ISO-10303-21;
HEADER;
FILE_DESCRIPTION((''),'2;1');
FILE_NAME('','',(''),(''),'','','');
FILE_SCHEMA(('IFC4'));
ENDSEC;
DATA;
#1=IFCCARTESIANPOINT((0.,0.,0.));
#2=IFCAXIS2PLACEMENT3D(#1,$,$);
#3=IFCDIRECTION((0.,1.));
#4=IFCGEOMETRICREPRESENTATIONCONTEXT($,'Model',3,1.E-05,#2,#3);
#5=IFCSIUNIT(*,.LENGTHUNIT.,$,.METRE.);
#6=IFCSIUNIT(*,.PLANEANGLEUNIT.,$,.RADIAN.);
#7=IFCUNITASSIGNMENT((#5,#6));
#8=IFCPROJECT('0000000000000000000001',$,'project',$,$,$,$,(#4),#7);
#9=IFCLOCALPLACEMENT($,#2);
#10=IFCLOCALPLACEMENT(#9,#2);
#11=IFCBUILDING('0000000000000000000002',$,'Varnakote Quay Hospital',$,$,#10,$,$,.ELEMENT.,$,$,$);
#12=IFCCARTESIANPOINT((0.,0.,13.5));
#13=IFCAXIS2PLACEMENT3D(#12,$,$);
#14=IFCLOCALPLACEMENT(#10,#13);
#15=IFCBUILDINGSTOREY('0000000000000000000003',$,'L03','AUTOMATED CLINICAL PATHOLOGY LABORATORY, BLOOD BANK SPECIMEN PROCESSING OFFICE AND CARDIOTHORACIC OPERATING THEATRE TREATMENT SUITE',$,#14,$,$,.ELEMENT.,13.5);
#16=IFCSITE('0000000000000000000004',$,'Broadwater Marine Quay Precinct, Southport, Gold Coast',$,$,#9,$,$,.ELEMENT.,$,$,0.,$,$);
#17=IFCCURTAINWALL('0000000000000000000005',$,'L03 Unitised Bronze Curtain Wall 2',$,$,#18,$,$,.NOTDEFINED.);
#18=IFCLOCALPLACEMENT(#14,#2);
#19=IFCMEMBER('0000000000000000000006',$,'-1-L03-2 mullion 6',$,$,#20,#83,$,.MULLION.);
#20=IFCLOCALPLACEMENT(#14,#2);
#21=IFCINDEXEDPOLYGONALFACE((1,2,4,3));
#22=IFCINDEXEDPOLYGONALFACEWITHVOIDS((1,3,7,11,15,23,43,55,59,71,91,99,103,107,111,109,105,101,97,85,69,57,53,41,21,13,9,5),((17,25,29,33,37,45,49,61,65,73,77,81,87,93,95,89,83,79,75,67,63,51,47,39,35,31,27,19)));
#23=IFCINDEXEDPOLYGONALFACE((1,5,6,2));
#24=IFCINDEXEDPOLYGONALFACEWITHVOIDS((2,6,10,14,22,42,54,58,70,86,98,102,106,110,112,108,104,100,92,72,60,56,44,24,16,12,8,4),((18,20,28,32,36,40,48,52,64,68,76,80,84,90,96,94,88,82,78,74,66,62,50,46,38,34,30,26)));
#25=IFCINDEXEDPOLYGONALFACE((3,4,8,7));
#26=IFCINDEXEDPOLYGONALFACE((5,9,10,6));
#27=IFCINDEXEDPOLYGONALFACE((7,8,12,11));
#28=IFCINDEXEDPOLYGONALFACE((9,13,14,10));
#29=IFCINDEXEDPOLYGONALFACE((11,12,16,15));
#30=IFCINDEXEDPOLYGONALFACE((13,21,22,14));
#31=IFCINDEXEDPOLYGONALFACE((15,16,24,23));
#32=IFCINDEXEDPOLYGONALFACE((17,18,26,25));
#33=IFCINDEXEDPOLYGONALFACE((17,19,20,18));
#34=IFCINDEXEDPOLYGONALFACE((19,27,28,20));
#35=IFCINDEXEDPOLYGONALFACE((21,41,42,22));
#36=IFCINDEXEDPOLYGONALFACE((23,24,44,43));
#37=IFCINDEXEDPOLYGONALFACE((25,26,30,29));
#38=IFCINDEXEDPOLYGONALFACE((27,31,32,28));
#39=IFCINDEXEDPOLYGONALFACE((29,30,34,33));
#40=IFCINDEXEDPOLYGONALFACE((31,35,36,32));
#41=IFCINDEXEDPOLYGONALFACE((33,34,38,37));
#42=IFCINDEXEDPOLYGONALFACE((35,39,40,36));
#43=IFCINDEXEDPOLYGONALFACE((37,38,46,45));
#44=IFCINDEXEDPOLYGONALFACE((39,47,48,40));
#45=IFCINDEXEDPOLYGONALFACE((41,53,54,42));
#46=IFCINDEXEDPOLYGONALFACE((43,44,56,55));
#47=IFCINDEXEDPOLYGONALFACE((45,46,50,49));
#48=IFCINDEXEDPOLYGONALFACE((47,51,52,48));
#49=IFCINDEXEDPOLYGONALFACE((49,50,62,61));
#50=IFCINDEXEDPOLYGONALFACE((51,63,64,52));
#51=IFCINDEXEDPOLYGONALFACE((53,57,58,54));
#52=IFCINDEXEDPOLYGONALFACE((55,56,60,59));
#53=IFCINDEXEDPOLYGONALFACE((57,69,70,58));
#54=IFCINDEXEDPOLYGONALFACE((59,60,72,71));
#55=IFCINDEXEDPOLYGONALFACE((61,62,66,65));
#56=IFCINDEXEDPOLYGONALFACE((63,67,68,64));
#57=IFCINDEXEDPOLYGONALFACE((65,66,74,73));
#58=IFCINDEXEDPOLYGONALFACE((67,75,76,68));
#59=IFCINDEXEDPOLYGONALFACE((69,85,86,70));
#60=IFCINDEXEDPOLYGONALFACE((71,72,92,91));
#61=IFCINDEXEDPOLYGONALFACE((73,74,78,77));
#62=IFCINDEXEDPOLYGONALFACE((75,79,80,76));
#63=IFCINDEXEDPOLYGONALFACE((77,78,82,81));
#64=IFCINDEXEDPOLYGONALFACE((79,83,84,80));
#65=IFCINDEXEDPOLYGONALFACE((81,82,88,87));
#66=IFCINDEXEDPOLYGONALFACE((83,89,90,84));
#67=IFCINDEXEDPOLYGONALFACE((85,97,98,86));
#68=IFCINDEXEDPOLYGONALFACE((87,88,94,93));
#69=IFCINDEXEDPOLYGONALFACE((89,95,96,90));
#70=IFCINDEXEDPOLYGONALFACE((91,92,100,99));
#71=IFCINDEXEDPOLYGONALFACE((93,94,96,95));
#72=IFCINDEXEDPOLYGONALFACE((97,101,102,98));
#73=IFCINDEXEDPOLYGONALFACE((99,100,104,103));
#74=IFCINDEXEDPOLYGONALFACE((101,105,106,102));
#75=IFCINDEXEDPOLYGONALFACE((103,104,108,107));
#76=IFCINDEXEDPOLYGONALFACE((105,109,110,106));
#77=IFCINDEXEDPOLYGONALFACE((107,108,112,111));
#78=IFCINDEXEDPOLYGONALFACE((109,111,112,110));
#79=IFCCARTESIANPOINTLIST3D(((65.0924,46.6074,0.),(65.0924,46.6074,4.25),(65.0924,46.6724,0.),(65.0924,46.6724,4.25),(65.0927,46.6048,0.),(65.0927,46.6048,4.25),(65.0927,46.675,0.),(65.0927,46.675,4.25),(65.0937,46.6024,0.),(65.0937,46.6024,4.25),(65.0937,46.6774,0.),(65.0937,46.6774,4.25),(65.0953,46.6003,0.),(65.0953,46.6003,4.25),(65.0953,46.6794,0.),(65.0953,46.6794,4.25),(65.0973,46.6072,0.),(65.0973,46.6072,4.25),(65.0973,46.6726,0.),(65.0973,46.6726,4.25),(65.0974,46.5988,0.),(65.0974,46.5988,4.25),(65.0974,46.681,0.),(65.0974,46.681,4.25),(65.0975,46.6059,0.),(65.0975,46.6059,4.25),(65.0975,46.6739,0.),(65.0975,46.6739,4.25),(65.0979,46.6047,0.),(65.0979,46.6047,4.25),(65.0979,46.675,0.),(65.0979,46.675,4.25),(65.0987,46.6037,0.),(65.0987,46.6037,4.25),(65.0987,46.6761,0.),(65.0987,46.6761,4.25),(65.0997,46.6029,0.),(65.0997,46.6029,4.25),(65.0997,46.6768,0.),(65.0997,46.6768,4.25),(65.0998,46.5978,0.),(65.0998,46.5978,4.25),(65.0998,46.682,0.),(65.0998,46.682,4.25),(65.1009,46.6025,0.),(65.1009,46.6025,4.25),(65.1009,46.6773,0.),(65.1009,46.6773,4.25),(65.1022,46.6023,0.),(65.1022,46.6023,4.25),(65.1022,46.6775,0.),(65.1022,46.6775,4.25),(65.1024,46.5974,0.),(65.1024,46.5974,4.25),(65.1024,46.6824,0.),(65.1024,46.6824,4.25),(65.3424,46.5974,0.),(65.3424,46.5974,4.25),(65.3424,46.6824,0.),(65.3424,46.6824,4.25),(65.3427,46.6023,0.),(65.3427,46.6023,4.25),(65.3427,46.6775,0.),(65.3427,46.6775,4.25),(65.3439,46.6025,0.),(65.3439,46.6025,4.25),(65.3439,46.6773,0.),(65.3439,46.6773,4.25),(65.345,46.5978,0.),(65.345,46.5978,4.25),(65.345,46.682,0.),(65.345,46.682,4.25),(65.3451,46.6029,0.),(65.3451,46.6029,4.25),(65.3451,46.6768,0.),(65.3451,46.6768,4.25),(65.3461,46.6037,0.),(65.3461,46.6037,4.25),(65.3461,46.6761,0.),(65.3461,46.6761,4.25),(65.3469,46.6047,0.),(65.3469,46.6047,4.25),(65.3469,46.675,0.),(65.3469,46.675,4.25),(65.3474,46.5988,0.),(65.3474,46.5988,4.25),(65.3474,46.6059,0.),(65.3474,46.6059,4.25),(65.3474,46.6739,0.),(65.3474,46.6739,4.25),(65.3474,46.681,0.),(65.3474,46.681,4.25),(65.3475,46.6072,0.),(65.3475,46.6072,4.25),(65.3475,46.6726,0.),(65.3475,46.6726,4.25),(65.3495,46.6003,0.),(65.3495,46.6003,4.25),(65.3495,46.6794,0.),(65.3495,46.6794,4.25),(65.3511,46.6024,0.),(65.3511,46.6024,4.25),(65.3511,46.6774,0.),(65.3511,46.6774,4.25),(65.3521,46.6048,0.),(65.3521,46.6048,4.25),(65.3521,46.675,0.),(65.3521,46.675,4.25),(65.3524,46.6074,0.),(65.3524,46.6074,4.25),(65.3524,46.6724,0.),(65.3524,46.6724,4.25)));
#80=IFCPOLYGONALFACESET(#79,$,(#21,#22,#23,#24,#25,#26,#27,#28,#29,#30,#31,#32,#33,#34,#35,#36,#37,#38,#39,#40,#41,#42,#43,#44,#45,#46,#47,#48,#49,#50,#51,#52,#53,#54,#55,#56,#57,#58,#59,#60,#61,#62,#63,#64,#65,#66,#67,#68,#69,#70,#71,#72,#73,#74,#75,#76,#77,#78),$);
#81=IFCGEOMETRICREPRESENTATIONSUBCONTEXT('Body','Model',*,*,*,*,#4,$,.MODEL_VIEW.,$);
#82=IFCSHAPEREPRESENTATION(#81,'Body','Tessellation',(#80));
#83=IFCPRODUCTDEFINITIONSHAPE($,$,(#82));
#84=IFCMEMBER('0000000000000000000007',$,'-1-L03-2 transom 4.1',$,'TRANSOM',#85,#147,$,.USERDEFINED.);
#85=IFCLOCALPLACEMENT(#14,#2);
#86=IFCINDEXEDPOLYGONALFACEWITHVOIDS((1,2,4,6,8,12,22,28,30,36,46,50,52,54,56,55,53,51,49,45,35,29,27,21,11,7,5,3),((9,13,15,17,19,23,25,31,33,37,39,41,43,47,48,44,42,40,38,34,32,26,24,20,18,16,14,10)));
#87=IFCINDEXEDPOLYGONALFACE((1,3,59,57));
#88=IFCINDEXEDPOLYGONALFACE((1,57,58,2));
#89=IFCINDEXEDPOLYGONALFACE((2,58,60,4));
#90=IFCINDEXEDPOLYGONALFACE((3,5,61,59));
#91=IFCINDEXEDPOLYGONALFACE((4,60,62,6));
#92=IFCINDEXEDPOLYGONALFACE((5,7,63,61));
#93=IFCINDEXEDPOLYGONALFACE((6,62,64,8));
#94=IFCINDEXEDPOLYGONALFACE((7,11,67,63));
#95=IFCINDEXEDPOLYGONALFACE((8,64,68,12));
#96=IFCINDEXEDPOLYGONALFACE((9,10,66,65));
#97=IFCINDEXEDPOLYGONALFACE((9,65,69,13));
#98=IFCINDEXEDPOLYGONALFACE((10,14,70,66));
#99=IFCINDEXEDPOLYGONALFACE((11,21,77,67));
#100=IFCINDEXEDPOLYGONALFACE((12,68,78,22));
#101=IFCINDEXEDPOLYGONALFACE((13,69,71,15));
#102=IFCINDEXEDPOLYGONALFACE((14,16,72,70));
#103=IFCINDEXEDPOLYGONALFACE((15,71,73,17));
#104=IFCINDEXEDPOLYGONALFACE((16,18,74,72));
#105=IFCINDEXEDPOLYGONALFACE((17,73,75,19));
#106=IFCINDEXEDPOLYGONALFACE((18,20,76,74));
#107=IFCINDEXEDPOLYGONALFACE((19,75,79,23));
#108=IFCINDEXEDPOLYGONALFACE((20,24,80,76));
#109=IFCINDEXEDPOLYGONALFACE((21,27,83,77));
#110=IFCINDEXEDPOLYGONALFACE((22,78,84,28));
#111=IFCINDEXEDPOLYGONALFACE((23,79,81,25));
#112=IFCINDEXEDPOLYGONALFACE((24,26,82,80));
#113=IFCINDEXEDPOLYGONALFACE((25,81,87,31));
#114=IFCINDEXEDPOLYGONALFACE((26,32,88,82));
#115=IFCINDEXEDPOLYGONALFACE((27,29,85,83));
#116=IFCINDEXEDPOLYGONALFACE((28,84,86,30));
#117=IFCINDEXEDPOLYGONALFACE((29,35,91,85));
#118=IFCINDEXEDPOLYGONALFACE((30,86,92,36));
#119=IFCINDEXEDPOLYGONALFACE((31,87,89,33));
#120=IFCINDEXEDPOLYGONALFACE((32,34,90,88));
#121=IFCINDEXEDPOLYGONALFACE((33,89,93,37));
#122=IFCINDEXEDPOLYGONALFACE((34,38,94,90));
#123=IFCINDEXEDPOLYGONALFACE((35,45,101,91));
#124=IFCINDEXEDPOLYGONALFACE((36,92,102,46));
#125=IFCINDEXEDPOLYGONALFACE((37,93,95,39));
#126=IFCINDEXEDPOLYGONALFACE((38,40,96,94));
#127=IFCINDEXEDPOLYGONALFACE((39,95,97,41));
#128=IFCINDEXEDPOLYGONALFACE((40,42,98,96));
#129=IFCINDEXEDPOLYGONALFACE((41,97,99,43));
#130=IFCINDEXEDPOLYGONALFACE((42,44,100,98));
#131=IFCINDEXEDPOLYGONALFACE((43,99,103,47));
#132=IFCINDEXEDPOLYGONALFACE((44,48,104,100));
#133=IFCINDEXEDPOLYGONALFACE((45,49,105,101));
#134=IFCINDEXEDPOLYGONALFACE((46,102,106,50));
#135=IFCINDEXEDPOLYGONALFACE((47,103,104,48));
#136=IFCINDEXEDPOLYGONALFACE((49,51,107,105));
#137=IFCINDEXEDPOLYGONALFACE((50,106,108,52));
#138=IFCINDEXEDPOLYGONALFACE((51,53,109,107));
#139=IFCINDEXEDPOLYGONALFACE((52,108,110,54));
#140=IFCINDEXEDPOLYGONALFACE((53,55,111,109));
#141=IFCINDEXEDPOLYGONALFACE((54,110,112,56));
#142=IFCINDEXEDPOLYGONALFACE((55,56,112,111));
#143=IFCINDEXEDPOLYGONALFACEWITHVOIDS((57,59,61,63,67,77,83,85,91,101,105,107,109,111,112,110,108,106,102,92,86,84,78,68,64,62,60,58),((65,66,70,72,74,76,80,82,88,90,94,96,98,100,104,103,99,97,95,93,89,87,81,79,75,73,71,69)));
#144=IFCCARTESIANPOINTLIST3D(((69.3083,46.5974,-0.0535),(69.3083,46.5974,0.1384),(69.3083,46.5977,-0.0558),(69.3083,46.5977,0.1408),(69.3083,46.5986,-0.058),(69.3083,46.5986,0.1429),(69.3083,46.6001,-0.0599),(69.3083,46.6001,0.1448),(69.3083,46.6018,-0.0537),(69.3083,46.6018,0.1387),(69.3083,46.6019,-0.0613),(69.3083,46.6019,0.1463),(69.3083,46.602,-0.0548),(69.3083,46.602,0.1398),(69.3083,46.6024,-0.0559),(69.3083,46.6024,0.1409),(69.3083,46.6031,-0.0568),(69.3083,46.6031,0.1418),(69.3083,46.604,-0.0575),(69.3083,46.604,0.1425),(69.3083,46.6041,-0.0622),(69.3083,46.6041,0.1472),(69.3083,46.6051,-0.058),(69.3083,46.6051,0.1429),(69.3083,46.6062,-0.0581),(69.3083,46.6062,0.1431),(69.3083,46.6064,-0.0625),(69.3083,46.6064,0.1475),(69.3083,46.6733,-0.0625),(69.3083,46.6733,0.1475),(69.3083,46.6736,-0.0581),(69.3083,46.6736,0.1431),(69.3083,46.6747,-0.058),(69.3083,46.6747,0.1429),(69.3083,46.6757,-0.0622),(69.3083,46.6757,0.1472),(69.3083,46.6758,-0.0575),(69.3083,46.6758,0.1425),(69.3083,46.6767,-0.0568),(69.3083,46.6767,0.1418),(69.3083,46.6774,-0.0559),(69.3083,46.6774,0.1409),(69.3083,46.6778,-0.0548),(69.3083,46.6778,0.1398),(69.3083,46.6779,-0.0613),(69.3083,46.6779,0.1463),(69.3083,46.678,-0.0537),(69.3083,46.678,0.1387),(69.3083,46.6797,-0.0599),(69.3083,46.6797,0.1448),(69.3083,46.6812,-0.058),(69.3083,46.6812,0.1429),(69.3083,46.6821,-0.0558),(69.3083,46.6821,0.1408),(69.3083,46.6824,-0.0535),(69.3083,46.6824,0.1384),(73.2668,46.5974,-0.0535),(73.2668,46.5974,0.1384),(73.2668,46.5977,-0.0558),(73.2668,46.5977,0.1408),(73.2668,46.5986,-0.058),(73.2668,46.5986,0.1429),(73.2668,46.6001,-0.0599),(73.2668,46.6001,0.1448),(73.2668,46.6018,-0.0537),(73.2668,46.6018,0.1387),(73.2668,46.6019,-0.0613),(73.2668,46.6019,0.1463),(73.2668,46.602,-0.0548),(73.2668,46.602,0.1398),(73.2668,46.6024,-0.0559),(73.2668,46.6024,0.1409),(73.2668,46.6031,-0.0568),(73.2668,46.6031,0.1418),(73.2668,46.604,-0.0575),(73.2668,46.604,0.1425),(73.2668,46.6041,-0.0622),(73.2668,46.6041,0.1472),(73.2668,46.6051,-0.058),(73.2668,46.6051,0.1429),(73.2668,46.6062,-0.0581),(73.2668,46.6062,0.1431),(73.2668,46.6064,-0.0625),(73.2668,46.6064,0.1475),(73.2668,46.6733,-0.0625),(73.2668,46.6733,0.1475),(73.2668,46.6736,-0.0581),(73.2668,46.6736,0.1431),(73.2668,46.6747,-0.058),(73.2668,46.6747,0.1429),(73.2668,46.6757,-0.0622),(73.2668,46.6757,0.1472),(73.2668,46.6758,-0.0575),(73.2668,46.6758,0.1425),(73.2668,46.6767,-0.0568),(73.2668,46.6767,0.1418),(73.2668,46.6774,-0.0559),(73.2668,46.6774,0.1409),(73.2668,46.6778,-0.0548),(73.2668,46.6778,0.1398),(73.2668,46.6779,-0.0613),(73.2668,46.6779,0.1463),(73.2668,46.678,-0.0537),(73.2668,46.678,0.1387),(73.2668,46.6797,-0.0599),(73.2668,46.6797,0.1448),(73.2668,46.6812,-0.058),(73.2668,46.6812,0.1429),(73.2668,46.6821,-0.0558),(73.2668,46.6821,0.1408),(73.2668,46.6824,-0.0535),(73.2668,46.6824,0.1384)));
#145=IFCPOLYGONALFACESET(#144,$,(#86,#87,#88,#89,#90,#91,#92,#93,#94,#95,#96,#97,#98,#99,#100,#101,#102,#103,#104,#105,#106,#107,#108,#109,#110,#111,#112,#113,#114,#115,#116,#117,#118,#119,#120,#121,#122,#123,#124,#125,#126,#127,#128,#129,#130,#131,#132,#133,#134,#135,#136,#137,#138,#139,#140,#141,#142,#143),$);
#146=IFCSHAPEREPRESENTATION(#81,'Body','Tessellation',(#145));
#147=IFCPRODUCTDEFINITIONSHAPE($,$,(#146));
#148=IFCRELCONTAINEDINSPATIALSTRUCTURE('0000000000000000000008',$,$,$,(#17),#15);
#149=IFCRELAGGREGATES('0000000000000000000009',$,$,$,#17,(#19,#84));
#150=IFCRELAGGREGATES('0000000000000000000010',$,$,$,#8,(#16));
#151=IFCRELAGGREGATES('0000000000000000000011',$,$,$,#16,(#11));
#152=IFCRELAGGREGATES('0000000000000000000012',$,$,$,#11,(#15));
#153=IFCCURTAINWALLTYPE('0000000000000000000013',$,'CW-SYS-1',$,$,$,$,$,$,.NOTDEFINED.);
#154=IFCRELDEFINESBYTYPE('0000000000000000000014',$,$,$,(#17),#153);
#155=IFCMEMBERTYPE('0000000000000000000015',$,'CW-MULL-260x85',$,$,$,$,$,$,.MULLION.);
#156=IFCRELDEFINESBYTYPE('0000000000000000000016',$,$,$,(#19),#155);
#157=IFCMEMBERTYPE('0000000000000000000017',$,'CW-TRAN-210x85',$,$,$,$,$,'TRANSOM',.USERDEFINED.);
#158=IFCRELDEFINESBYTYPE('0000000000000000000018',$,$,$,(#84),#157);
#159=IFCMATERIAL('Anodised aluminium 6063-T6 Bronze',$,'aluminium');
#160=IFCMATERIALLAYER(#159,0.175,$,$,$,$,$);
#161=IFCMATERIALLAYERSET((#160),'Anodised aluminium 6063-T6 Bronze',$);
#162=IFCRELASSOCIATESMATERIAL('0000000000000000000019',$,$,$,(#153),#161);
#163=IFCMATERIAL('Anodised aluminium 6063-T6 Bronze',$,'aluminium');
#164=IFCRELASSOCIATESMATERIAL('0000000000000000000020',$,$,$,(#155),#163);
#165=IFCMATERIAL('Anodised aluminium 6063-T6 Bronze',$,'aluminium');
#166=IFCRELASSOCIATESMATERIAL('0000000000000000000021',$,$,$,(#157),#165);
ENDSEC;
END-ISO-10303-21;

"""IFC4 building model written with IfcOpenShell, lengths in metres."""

from ifc_helpers import new_model, si_unit, direction, frame, origin, origin_2d, place, context, subcontext, project, spatial, hollow_rectangle, extrude, material, layer, layer_set, material_profile, profile_set, type_object, element, aggregate, save


model = new_model("IFC4")

# Units and contexts
model_context = context("Model", 3, precision=1e-05, world=origin(), true_north=direction((0.0, 1.0)))
body_context = subcontext(model_context, "Body", "Model", "MODEL_VIEW")
ifc_project = project(units=[si_unit("LENGTHUNIT", "METRE"), si_unit("PLANEANGLEUNIT", "RADIAN")], contexts=[model_context])

# Site, building, storey
site_placement = place(None, origin())
site = spatial("IfcSite", under=ifc_project, at=site_placement, Name="Broadwater Marine Quay Precinct, Southport, Gold Coast", CompositionType="ELEMENT", RefElevation=0.0)
building_placement = place(site_placement, origin())
building = spatial("IfcBuilding", under=site, at=building_placement, Name="Varnakote Quay Hospital", CompositionType="ELEMENT")
storey_placement = place(building_placement, frame((0.0, 0.0, 13.5)))
storey = spatial("IfcBuildingStorey", under=building, at=storey_placement, Name="L03", Description="AUTOMATED CLINICAL PATHOLOGY LABORATORY, BLOOD BANK SPECIMEN PROCESSING OFFICE AND CARDIOTHORACIC OPERATING THEATRE TREATMENT SUITE", CompositionType="ELEMENT", Elevation=13.5)

# Curtain wall, members
ifc_material_1 = material(Name="Anodised aluminium 6063-T6 Bronze", Category="aluminium")
ifc_layer_1 = layer(ifc_material_1, 0.175)
ifc_layer_set_1 = layer_set([ifc_layer_1], Name="Anodised aluminium 6063-T6 Bronze")
curtain_wall_type = type_object("IfcCurtainWallType", Name="CW-SYS-1", PredefinedType="NOTDEFINED", material=ifc_layer_set_1)
curtain_wall_placement = place(storey_placement, origin())
curtain_wall = element("IfcCurtainWall", 1, at=curtain_wall_placement, inside=storey, type_object=curtain_wall_type, Name="L03 Unitised Bronze Curtain Wall 2", PredefinedType="NOTDEFINED")
ifc_material_2 = material(Name="Anodised aluminium 6063-T6 Bronze", Category="aluminium")
ifc_material_profile_1 = material_profile(ifc_material_2, hollow_rectangle(XDim=0.085, YDim=0.26, WallThickness=0.0049, InnerFilletRadius=0.0049, OuterFilletRadius=0.01, at=origin_2d()), Name="CW-MULL-260x85")
ifc_profile_set_1 = profile_set([ifc_material_profile_1], Name="Anodised aluminium 6063-T6 Bronze")
member_type_1 = type_object("IfcMemberType", Name="CW-MULL-260x85", PredefinedType="MULLION", material=ifc_profile_set_1)
member_1_placement = place(storey_placement, frame((65.2224, 46.6399, 0.0), z_axis=(0.0, 0.0, 1.0), x_axis=(0.0, -1.0, 0.0)))
member_1 = element("IfcMember", 2, at=member_1_placement, type_object=member_type_1, Name="-1-L03-2 mullion 6", PredefinedType="MULLION", context=body_context, shape_type="SweptSolid", body=[
    extrude(hollow_rectangle(XDim=0.085, YDim=0.26, WallThickness=0.0049, InnerFilletRadius=0.0049, OuterFilletRadius=0.01, at=origin_2d()), origin(), (0.0, 0.0, 1.0), 4.25),
])
ifc_material_3 = material(Name="Anodised aluminium 6063-T6 Bronze", Category="aluminium")
ifc_material_profile_2 = material_profile(ifc_material_3, hollow_rectangle(XDim=0.085, YDim=0.21, WallThickness=0.0044, InnerFilletRadius=0.0044, OuterFilletRadius=0.009, at=origin_2d()), Name="CW-TRAN-210x85")
ifc_profile_set_2 = profile_set([ifc_material_profile_2], Name="Anodised aluminium 6063-T6 Bronze")
member_type_2 = type_object("IfcMemberType", Name="CW-TRAN-210x85", ElementType="TRANSOM", PredefinedType="USERDEFINED", material=ifc_profile_set_2)
member_2_placement = place(storey_placement, frame((73.2668, 46.6399, 0.0425), z_axis=(-1.0, 0.0, 0.0), x_axis=(0.0, -1.0, 0.0)))
member_2 = element("IfcMember", 3, at=member_2_placement, type_object=member_type_2, Name="-1-L03-2 transom 4.1", ObjectType="TRANSOM", PredefinedType="USERDEFINED", context=body_context, shape_type="SweptSolid", body=[
    extrude(hollow_rectangle(XDim=0.085, YDim=0.21, WallThickness=0.0044, InnerFilletRadius=0.0044, OuterFilletRadius=0.009, at=origin_2d()), origin(), (0.0, 0.0, 1.0), 3.9585),
])

aggregate(curtain_wall, [member_1, member_2])

save(model, "model.ifc")
